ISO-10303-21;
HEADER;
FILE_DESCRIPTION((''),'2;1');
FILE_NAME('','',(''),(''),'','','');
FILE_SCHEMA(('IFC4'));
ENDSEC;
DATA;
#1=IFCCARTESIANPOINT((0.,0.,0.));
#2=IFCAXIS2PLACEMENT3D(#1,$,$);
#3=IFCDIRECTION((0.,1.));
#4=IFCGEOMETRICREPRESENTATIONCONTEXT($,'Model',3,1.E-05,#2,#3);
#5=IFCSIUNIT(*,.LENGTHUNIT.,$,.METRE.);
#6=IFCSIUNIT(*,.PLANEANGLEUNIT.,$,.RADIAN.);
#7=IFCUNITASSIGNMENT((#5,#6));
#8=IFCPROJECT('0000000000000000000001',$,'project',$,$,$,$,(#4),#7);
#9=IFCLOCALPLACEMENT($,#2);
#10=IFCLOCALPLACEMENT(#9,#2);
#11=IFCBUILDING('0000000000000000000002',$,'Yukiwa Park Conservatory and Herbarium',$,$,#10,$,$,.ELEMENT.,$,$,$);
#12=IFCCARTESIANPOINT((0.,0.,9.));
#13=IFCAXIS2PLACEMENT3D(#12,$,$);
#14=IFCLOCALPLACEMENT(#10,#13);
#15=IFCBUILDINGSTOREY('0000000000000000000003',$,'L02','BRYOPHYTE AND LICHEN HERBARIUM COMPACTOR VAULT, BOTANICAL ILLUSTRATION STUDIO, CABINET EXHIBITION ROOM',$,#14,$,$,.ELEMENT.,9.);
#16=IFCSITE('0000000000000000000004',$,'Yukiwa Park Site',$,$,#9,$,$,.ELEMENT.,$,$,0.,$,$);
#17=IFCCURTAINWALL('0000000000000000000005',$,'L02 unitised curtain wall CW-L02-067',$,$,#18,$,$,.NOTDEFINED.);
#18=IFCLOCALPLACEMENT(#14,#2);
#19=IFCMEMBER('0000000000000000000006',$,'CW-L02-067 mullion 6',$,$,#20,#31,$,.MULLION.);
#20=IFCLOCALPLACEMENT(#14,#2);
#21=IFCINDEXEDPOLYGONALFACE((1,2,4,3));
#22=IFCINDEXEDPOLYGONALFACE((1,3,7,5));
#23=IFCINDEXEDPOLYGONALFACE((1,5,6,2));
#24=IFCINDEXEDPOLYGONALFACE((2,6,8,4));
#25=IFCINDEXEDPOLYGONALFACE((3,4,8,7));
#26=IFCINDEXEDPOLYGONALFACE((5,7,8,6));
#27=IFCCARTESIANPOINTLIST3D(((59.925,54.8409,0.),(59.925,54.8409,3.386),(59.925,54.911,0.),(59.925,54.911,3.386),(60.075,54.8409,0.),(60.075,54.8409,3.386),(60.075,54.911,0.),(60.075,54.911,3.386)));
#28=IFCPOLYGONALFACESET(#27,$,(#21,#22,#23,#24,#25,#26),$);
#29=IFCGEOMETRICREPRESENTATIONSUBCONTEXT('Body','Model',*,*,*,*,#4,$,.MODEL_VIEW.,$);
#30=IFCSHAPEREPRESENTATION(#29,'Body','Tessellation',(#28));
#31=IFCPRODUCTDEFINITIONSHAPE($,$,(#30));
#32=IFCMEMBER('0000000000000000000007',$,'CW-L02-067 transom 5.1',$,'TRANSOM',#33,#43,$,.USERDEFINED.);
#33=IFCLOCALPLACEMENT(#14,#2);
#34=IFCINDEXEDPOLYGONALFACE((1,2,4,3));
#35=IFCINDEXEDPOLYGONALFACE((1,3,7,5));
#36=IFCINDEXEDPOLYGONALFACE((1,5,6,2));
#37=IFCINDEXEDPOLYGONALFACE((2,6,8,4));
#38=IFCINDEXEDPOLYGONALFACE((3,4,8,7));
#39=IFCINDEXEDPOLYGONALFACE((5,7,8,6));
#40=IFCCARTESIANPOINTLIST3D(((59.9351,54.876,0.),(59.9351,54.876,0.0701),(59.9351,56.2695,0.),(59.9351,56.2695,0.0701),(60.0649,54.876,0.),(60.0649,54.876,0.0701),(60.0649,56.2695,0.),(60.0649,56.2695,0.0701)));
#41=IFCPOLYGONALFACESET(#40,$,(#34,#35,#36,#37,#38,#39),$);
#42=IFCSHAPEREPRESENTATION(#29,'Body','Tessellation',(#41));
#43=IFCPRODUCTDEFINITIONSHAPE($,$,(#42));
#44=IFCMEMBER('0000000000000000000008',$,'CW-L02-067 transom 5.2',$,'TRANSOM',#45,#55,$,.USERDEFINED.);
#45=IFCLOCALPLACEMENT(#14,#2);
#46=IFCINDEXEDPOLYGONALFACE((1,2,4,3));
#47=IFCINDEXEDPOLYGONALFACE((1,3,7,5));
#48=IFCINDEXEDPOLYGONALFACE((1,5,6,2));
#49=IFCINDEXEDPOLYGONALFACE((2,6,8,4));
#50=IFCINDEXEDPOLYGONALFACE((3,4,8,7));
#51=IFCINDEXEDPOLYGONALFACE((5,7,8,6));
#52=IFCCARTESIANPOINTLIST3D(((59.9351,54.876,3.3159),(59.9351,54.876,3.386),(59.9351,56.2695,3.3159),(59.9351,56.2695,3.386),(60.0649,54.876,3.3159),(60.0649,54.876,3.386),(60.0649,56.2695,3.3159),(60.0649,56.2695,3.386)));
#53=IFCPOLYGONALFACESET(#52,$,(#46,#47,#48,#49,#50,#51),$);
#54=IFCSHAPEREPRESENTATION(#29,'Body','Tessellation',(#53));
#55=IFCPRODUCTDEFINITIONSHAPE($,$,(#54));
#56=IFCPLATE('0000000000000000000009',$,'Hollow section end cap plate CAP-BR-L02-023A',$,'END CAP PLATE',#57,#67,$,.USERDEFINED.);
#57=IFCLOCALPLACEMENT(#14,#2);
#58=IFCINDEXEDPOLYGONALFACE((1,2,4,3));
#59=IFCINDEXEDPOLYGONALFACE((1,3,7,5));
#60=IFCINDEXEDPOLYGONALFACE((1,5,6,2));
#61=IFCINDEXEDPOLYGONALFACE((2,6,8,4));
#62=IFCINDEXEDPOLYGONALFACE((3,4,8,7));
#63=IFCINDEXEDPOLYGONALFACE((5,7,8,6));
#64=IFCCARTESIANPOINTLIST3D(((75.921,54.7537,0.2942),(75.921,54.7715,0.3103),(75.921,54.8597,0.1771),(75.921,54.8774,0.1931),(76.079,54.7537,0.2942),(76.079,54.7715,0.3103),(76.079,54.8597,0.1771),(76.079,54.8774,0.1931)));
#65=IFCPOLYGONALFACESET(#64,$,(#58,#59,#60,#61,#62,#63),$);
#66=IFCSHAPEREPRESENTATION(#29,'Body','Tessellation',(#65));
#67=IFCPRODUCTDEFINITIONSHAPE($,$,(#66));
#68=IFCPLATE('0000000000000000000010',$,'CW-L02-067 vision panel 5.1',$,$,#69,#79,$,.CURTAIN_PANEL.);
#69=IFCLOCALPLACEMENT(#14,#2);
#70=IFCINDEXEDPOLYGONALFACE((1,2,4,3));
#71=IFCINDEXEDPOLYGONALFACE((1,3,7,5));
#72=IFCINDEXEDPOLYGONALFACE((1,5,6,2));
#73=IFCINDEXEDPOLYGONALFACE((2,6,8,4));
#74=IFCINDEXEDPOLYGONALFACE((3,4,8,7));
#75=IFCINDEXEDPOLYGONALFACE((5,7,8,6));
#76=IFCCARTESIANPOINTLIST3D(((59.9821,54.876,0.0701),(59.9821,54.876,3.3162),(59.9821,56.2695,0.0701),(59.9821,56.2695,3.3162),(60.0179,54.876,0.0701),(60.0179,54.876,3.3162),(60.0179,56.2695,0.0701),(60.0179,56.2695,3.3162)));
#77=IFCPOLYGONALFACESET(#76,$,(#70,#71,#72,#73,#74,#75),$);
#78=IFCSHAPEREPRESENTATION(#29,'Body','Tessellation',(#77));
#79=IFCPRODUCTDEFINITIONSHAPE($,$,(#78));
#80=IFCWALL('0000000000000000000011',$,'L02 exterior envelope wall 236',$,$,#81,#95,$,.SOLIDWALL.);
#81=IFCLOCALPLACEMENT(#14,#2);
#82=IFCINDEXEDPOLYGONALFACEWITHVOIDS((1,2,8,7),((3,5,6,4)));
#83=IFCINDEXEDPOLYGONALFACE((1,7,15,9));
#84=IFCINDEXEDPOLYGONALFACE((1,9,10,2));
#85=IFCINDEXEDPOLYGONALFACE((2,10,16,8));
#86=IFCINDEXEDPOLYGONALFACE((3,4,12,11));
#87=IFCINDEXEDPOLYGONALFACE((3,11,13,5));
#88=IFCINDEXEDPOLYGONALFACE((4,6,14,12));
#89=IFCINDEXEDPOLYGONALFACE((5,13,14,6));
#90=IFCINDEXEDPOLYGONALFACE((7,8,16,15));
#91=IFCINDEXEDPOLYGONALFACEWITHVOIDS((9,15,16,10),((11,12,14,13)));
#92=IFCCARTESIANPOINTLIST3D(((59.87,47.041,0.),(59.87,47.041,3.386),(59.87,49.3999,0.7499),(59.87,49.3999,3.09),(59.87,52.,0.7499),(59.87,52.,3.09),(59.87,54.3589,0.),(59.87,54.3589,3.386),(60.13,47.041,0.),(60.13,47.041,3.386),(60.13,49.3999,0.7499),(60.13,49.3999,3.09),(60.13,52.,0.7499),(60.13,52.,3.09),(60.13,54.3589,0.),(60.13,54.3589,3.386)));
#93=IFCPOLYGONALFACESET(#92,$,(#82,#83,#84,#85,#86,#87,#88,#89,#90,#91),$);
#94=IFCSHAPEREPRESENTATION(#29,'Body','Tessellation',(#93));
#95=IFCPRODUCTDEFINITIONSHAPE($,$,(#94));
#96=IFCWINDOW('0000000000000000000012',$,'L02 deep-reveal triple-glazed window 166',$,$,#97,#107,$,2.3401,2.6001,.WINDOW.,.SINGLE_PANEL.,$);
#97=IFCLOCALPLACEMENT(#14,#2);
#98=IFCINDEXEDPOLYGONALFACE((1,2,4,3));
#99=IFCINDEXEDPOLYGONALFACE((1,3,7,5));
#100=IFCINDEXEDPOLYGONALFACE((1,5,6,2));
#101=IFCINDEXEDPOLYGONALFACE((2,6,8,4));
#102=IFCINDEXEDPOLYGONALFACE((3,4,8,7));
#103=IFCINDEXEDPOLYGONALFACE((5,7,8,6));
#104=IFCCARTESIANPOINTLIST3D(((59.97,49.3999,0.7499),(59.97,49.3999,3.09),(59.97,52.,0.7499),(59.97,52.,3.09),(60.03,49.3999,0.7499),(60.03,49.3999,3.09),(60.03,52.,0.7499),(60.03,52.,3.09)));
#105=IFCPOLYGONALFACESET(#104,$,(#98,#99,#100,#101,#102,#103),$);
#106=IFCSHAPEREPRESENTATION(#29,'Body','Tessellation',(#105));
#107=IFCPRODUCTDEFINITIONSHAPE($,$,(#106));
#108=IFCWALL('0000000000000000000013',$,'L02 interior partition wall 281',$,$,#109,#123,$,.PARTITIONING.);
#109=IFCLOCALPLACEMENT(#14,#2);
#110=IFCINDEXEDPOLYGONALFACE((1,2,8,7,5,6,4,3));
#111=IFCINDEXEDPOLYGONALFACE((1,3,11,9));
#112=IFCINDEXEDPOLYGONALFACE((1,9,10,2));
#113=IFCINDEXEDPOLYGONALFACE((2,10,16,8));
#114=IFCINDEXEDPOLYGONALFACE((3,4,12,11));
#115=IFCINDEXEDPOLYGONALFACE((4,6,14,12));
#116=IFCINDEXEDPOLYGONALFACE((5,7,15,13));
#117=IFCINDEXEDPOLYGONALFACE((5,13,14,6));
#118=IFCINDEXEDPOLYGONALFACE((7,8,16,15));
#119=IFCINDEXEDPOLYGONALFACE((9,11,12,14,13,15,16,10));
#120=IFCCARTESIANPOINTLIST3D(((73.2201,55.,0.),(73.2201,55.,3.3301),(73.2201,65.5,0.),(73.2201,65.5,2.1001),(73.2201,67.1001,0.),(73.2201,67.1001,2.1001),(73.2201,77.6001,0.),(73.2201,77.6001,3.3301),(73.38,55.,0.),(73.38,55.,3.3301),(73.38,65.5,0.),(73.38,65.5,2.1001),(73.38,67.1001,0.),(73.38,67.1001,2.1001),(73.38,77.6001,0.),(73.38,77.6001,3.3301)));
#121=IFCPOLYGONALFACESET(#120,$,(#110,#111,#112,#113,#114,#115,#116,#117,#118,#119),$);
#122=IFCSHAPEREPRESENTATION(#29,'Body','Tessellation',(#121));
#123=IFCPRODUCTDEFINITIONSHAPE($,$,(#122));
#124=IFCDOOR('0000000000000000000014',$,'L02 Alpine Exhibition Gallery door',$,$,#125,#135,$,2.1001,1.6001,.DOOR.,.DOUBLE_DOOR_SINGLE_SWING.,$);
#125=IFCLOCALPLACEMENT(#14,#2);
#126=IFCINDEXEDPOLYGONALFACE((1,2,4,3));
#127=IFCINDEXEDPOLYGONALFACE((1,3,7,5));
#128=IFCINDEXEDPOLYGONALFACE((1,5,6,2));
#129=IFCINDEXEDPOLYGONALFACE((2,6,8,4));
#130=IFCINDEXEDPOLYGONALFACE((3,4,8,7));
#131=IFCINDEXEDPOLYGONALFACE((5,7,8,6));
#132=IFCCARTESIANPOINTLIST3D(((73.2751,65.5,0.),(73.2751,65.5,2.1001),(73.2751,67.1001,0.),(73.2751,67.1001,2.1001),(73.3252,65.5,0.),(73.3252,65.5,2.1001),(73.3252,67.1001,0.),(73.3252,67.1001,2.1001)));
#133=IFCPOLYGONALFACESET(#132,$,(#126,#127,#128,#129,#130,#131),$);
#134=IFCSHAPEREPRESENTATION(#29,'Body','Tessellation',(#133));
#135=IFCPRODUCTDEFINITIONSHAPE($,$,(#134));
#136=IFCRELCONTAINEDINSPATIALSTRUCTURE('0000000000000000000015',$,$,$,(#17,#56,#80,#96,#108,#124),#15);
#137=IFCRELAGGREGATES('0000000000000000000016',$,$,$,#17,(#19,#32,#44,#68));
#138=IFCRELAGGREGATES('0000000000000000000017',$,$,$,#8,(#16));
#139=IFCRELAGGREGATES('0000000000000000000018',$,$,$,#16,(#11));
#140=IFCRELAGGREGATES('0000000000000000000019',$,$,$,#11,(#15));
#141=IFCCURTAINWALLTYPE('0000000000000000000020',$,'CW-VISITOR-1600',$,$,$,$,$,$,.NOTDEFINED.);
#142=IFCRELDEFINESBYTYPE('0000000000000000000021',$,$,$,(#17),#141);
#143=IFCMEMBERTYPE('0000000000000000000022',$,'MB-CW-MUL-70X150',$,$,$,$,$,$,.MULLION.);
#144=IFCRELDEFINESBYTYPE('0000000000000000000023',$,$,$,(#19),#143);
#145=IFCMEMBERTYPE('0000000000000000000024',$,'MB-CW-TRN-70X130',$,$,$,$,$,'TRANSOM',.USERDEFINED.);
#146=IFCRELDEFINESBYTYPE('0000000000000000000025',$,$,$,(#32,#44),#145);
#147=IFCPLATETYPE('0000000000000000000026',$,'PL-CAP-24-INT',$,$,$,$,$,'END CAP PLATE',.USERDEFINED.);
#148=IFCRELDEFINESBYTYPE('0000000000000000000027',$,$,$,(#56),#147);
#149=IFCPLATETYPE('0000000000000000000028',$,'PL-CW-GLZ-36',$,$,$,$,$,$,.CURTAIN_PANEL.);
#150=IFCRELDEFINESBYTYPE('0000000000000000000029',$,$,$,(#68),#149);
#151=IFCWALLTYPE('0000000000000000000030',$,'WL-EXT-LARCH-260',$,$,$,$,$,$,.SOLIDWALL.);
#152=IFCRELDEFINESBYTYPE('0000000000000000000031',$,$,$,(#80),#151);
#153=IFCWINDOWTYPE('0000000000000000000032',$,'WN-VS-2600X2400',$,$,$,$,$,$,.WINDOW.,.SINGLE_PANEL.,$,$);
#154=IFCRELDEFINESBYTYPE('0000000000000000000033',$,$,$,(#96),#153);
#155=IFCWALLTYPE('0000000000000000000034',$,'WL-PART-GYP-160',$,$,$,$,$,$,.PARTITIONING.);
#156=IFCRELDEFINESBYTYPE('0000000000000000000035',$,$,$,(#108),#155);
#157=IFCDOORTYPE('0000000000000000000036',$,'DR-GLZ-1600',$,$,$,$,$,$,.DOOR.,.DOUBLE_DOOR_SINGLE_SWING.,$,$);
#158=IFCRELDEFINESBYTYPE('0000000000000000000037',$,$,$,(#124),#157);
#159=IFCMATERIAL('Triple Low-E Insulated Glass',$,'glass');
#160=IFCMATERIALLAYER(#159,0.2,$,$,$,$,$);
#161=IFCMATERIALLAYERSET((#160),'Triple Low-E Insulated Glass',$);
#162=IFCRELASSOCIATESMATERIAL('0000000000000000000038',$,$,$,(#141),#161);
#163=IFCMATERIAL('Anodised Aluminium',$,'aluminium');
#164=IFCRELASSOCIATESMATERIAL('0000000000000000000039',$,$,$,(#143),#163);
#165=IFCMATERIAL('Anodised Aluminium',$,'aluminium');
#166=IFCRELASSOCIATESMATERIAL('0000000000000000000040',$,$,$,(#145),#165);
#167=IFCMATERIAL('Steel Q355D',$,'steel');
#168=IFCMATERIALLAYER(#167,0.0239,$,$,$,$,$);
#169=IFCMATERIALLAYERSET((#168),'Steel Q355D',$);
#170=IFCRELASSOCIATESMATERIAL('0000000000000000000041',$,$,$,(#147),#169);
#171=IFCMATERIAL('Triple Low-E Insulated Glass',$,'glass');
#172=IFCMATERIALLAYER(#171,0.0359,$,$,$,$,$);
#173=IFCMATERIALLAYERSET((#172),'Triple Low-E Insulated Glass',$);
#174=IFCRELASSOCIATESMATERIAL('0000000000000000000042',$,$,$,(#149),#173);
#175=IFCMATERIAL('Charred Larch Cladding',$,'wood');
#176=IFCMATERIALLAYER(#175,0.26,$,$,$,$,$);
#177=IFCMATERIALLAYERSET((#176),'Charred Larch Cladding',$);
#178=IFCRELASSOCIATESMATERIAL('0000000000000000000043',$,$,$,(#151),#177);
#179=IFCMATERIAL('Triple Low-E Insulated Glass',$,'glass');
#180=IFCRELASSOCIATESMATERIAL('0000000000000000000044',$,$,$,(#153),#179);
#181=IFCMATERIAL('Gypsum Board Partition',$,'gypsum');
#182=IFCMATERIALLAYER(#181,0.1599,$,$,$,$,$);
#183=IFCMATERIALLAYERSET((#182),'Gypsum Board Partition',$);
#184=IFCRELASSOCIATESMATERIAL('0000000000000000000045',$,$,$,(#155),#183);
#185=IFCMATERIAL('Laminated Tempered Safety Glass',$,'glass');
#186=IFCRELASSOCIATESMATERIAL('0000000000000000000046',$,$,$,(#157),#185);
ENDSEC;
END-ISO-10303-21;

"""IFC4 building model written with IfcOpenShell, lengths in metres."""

from ifc_helpers import new_model, si_unit, direction, frame, frame_2d, origin, origin_2d, place, context, subcontext, project, spatial, rectangle, extrude, material, layer, layer_set, type_object, element, fill, aggregate, save


model = new_model("IFC4")

# Units and contexts
model_context = context("Model", 3, precision=1e-05, world=origin(), true_north=direction((0.0, 1.0)))
body_context = subcontext(model_context, "Body", "Model", "MODEL_VIEW")
ifc_project = project(units=[si_unit("LENGTHUNIT", "METRE"), si_unit("PLANEANGLEUNIT", "RADIAN")], contexts=[model_context])

# Site, building, storey
site_placement = place(None, origin())
site = spatial("IfcSite", under=ifc_project, at=site_placement, Name="Yukiwa Park Site", CompositionType="ELEMENT", RefElevation=0.0)
building_placement = place(site_placement, origin())
building = spatial("IfcBuilding", under=site, at=building_placement, Name="Yukiwa Park Conservatory and Herbarium", CompositionType="ELEMENT")
storey_placement = place(building_placement, frame((0.0, 0.0, 9.0)))
storey = spatial("IfcBuildingStorey", under=building, at=storey_placement, Name="L02", Description="BRYOPHYTE AND LICHEN HERBARIUM COMPACTOR VAULT, BOTANICAL ILLUSTRATION STUDIO, CABINET EXHIBITION ROOM", CompositionType="ELEMENT", Elevation=9.0)

# Curtain wall, members
ifc_material_1 = material(Name="Triple Low-E Insulated Glass", Category="glass")
ifc_layer_1 = layer(ifc_material_1, 0.2)
ifc_layer_set_1 = layer_set([ifc_layer_1], Name="Triple Low-E Insulated Glass")
curtain_wall_type = type_object("IfcCurtainWallType", Name="CW-VISITOR-1600", PredefinedType="NOTDEFINED", material=ifc_layer_set_1)
curtain_wall_placement = place(storey_placement, origin())
curtain_wall = element("IfcCurtainWall", 1, at=curtain_wall_placement, inside=storey, type_object=curtain_wall_type, Name="L02 unitised curtain wall CW-L02-067", PredefinedType="NOTDEFINED")
ifc_material_2 = material(Name="Anodised Aluminium", Category="aluminium")
member_type_1 = type_object("IfcMemberType", Name="MB-CW-MUL-70X150", PredefinedType="MULLION", material=ifc_material_2)
member_1_placement = place(storey_placement, frame((60.0, 54.876, 0.0), z_axis=(0.0, 0.0, 1.0), x_axis=(0.0, -1.0, 0.0)))
member_1 = element("IfcMember", 2, at=member_1_placement, type_object=member_type_1, Name="CW-L02-067 mullion 6", PredefinedType="MULLION", context=body_context, shape_type="SweptSolid", body=[
    extrude(rectangle(XDim=0.0701, YDim=0.1499, at=origin_2d()), origin(), (0.0, 0.0, 1.0), 3.386),
])
ifc_material_3 = material(Name="Anodised Aluminium", Category="aluminium")
member_type_2 = type_object("IfcMemberType", Name="MB-CW-TRN-70X130", ElementType="TRANSOM", PredefinedType="USERDEFINED", material=ifc_material_3)
member_2_placement = place(storey_placement, frame((60.0, 55.5728, 0.0), z_axis=(0.0, 0.0, 1.0), x_axis=(0.0, -1.0, 0.0)))
member_2 = element("IfcMember", 3, at=member_2_placement, type_object=member_type_2, Name="CW-L02-067 transom 5.1", ObjectType="TRANSOM", PredefinedType="USERDEFINED", context=body_context, shape_type="SweptSolid", body=[
    extrude(rectangle(XDim=1.3936, YDim=0.1299, at=origin_2d()), origin(), (0.0, 0.0, 1.0), 0.0701),
])
member_3_placement = place(storey_placement, frame((60.0, 55.5728, 3.3159), z_axis=(0.0, 0.0, 1.0), x_axis=(0.0, -1.0, 0.0)))
member_3 = element("IfcMember", 4, at=member_3_placement, type_object=member_type_2, Name="CW-L02-067 transom 5.2", ObjectType="TRANSOM", PredefinedType="USERDEFINED", context=body_context, shape_type="SweptSolid", body=[
    extrude(rectangle(XDim=1.3936, YDim=0.1299, at=origin_2d()), origin(), (0.0, 0.0, 1.0), 0.0701),
])

# Plates
ifc_material_4 = material(Name="Steel Q355D", Category="steel")
ifc_layer_2 = layer(ifc_material_4, 0.0239)
ifc_layer_set_2 = layer_set([ifc_layer_2], Name="Steel Q355D")
plate_type_1 = type_object("IfcPlateType", Name="PL-CAP-24-INT", ElementType="END CAP PLATE", PredefinedType="USERDEFINED", material=ifc_layer_set_2)
plate_1_placement = place(storey_placement, frame((76.0, 54.8245, 0.2517), z_axis=(0.0, -0.741776, -0.670647), x_axis=(1.0, 0.0, 0.0)))
element("IfcPlate", 5, at=plate_1_placement, inside=storey, type_object=plate_type_1, Name="Hollow section end cap plate CAP-BR-L02-023A", ObjectType="END CAP PLATE", PredefinedType="USERDEFINED", context=body_context, shape_type="SweptSolid", body=[
    extrude(rectangle(XDim=0.158, YDim=0.158, at=origin_2d()), origin(), (0.0, 0.0, 1.0), 0.0239),
])
ifc_material_5 = material(Name="Triple Low-E Insulated Glass", Category="glass")
ifc_layer_3 = layer(ifc_material_5, 0.0359)
ifc_layer_set_3 = layer_set([ifc_layer_3], Name="Triple Low-E Insulated Glass")
plate_type_2 = type_object("IfcPlateType", Name="PL-CW-GLZ-36", PredefinedType="CURTAIN_PANEL", material=ifc_layer_set_3)
plate_2_placement = place(storey_placement, frame((60.0, 55.5728, 0.0701), z_axis=(0.0, 0.0, 1.0), x_axis=(0.0, -1.0, 0.0)))
plate_2 = element("IfcPlate", 6, at=plate_2_placement, type_object=plate_type_2, Name="CW-L02-067 vision panel 5.1", PredefinedType="CURTAIN_PANEL", context=body_context, shape_type="SweptSolid", body=[
    extrude(rectangle(XDim=1.3936, YDim=0.0359, at=origin_2d()), origin(), (0.0, 0.0, 1.0), 3.2461),
])
aggregate(curtain_wall, [member_1, member_2, member_3, plate_2])

# Wall, opening, window
ifc_material_6 = material(Name="Charred Larch Cladding", Category="wood")
ifc_layer_4 = layer(ifc_material_6, 0.26)
ifc_layer_set_4 = layer_set([ifc_layer_4], Name="Charred Larch Cladding")
wall_type_1 = type_object("IfcWallType", Name="WL-EXT-LARCH-260", PredefinedType="SOLIDWALL", material=ifc_layer_set_4)
wall_1_placement = place(storey_placement, frame((60.0, 54.3589, 0.0), z_axis=(0.0, 0.0, 1.0), x_axis=(0.0, -1.0, 0.0)))
wall_1 = element("IfcWall", 7, at=wall_1_placement, inside=storey, type_object=wall_type_1, Name="L02 exterior envelope wall 236", PredefinedType="SOLIDWALL", context=body_context, shape_type="SweptSolid", body=[
    extrude(rectangle(XDim=7.3179, YDim=0.26, at=frame_2d((3.6589, 0.0))), origin(), (0.0, 0.0, 1.0), 3.386),
])
opening_1_placement = place(wall_1_placement, frame((2.3589, 0.0, 0.75)))
opening_1 = element("IfcOpeningElement", 8, at=opening_1_placement, cuts=wall_1, PredefinedType="OPENING", context=body_context, shape_type="SweptSolid", body=[
    extrude(rectangle(XDim=2.6001, YDim=2.3401, at=frame_2d((1.3, 1.1699))), frame((0.0, 0.1401, 0.0), z_axis=(0.0, -1.0, 0.0), x_axis=(1.0, 0.0, 0.0)), (0.0, 0.0, 1.0), 0.28),
])
ifc_material_7 = material(Name="Triple Low-E Insulated Glass", Category="glass")
window_type = type_object("IfcWindowType", Name="WN-VS-2600X2400", PartitioningType="SINGLE_PANEL", PredefinedType="WINDOW", material=ifc_material_7)
window_placement = place(opening_1_placement, origin())
window = element("IfcWindow", 9, at=window_placement, inside=storey, type_object=window_type, Name="L02 deep-reveal triple-glazed window 166", OverallHeight=2.3401, OverallWidth=2.6001, PartitioningType="SINGLE_PANEL", PredefinedType="WINDOW", context=body_context, shape_type="SweptSolid", body=[
    extrude(rectangle(XDim=2.6001, YDim=2.3401, at=frame_2d((1.3, 1.1699))), frame((0.0, 0.03, 0.0), z_axis=(0.0, -1.0, 0.0), x_axis=(1.0, 0.0, 0.0)), (0.0, 0.0, 1.0), 0.0601),
])
fill(opening_1, window)

# Wall, opening, door
ifc_material_8 = material(Name="Gypsum Board Partition", Category="gypsum")
ifc_layer_5 = layer(ifc_material_8, 0.1599)
ifc_layer_set_5 = layer_set([ifc_layer_5], Name="Gypsum Board Partition")
wall_type_2 = type_object("IfcWallType", Name="WL-PART-GYP-160", PredefinedType="PARTITIONING", material=ifc_layer_set_5)
wall_2_placement = place(storey_placement, frame((73.3, 55.0, 0.0), z_axis=(0.0, 0.0, 1.0), x_axis=(0.0, 1.0, 0.0)))
wall_2 = element("IfcWall", 10, at=wall_2_placement, inside=storey, type_object=wall_type_2, Name="L02 interior partition wall 281", PredefinedType="PARTITIONING", context=body_context, shape_type="SweptSolid", body=[
    extrude(rectangle(XDim=22.6001, YDim=0.1599, at=frame_2d((11.3, 0.0))), origin(), (0.0, 0.0, 1.0), 3.3301),
])
opening_2_placement = place(wall_2_placement, frame((10.5, 0.0, 0.0)))
opening_2 = element("IfcOpeningElement", 11, at=opening_2_placement, cuts=wall_2, PredefinedType="OPENING", context=body_context, shape_type="SweptSolid", body=[
    extrude(rectangle(XDim=1.6001, YDim=2.1001, at=frame_2d((0.8, 1.05))), frame((0.0, 0.0898, 0.0), z_axis=(0.0, -1.0, 0.0), x_axis=(1.0, 0.0, 0.0)), (0.0, 0.0, 1.0), 0.1799),
])
ifc_material_9 = material(Name="Laminated Tempered Safety Glass", Category="glass")
door_type = type_object("IfcDoorType", Name="DR-GLZ-1600", OperationType="DOUBLE_DOOR_SINGLE_SWING", PredefinedType="DOOR", material=ifc_material_9)
door_placement = place(opening_2_placement, origin())
door = element("IfcDoor", 12, at=door_placement, inside=storey, type_object=door_type, Name="L02 Alpine Exhibition Gallery door", OperationType="DOUBLE_DOOR_SINGLE_SWING", OverallHeight=2.1001, OverallWidth=1.6001, PredefinedType="DOOR", context=body_context, shape_type="SweptSolid", body=[
    extrude(rectangle(XDim=1.6001, YDim=2.1001, at=frame_2d((0.8, 1.05))), frame((0.0, 0.0249, 0.0), z_axis=(0.0, -1.0, 0.0), x_axis=(1.0, 0.0, 0.0)), (0.0, 0.0, 1.0), 0.05),
])
fill(opening_2, door)

save(model, "model.ifc")
